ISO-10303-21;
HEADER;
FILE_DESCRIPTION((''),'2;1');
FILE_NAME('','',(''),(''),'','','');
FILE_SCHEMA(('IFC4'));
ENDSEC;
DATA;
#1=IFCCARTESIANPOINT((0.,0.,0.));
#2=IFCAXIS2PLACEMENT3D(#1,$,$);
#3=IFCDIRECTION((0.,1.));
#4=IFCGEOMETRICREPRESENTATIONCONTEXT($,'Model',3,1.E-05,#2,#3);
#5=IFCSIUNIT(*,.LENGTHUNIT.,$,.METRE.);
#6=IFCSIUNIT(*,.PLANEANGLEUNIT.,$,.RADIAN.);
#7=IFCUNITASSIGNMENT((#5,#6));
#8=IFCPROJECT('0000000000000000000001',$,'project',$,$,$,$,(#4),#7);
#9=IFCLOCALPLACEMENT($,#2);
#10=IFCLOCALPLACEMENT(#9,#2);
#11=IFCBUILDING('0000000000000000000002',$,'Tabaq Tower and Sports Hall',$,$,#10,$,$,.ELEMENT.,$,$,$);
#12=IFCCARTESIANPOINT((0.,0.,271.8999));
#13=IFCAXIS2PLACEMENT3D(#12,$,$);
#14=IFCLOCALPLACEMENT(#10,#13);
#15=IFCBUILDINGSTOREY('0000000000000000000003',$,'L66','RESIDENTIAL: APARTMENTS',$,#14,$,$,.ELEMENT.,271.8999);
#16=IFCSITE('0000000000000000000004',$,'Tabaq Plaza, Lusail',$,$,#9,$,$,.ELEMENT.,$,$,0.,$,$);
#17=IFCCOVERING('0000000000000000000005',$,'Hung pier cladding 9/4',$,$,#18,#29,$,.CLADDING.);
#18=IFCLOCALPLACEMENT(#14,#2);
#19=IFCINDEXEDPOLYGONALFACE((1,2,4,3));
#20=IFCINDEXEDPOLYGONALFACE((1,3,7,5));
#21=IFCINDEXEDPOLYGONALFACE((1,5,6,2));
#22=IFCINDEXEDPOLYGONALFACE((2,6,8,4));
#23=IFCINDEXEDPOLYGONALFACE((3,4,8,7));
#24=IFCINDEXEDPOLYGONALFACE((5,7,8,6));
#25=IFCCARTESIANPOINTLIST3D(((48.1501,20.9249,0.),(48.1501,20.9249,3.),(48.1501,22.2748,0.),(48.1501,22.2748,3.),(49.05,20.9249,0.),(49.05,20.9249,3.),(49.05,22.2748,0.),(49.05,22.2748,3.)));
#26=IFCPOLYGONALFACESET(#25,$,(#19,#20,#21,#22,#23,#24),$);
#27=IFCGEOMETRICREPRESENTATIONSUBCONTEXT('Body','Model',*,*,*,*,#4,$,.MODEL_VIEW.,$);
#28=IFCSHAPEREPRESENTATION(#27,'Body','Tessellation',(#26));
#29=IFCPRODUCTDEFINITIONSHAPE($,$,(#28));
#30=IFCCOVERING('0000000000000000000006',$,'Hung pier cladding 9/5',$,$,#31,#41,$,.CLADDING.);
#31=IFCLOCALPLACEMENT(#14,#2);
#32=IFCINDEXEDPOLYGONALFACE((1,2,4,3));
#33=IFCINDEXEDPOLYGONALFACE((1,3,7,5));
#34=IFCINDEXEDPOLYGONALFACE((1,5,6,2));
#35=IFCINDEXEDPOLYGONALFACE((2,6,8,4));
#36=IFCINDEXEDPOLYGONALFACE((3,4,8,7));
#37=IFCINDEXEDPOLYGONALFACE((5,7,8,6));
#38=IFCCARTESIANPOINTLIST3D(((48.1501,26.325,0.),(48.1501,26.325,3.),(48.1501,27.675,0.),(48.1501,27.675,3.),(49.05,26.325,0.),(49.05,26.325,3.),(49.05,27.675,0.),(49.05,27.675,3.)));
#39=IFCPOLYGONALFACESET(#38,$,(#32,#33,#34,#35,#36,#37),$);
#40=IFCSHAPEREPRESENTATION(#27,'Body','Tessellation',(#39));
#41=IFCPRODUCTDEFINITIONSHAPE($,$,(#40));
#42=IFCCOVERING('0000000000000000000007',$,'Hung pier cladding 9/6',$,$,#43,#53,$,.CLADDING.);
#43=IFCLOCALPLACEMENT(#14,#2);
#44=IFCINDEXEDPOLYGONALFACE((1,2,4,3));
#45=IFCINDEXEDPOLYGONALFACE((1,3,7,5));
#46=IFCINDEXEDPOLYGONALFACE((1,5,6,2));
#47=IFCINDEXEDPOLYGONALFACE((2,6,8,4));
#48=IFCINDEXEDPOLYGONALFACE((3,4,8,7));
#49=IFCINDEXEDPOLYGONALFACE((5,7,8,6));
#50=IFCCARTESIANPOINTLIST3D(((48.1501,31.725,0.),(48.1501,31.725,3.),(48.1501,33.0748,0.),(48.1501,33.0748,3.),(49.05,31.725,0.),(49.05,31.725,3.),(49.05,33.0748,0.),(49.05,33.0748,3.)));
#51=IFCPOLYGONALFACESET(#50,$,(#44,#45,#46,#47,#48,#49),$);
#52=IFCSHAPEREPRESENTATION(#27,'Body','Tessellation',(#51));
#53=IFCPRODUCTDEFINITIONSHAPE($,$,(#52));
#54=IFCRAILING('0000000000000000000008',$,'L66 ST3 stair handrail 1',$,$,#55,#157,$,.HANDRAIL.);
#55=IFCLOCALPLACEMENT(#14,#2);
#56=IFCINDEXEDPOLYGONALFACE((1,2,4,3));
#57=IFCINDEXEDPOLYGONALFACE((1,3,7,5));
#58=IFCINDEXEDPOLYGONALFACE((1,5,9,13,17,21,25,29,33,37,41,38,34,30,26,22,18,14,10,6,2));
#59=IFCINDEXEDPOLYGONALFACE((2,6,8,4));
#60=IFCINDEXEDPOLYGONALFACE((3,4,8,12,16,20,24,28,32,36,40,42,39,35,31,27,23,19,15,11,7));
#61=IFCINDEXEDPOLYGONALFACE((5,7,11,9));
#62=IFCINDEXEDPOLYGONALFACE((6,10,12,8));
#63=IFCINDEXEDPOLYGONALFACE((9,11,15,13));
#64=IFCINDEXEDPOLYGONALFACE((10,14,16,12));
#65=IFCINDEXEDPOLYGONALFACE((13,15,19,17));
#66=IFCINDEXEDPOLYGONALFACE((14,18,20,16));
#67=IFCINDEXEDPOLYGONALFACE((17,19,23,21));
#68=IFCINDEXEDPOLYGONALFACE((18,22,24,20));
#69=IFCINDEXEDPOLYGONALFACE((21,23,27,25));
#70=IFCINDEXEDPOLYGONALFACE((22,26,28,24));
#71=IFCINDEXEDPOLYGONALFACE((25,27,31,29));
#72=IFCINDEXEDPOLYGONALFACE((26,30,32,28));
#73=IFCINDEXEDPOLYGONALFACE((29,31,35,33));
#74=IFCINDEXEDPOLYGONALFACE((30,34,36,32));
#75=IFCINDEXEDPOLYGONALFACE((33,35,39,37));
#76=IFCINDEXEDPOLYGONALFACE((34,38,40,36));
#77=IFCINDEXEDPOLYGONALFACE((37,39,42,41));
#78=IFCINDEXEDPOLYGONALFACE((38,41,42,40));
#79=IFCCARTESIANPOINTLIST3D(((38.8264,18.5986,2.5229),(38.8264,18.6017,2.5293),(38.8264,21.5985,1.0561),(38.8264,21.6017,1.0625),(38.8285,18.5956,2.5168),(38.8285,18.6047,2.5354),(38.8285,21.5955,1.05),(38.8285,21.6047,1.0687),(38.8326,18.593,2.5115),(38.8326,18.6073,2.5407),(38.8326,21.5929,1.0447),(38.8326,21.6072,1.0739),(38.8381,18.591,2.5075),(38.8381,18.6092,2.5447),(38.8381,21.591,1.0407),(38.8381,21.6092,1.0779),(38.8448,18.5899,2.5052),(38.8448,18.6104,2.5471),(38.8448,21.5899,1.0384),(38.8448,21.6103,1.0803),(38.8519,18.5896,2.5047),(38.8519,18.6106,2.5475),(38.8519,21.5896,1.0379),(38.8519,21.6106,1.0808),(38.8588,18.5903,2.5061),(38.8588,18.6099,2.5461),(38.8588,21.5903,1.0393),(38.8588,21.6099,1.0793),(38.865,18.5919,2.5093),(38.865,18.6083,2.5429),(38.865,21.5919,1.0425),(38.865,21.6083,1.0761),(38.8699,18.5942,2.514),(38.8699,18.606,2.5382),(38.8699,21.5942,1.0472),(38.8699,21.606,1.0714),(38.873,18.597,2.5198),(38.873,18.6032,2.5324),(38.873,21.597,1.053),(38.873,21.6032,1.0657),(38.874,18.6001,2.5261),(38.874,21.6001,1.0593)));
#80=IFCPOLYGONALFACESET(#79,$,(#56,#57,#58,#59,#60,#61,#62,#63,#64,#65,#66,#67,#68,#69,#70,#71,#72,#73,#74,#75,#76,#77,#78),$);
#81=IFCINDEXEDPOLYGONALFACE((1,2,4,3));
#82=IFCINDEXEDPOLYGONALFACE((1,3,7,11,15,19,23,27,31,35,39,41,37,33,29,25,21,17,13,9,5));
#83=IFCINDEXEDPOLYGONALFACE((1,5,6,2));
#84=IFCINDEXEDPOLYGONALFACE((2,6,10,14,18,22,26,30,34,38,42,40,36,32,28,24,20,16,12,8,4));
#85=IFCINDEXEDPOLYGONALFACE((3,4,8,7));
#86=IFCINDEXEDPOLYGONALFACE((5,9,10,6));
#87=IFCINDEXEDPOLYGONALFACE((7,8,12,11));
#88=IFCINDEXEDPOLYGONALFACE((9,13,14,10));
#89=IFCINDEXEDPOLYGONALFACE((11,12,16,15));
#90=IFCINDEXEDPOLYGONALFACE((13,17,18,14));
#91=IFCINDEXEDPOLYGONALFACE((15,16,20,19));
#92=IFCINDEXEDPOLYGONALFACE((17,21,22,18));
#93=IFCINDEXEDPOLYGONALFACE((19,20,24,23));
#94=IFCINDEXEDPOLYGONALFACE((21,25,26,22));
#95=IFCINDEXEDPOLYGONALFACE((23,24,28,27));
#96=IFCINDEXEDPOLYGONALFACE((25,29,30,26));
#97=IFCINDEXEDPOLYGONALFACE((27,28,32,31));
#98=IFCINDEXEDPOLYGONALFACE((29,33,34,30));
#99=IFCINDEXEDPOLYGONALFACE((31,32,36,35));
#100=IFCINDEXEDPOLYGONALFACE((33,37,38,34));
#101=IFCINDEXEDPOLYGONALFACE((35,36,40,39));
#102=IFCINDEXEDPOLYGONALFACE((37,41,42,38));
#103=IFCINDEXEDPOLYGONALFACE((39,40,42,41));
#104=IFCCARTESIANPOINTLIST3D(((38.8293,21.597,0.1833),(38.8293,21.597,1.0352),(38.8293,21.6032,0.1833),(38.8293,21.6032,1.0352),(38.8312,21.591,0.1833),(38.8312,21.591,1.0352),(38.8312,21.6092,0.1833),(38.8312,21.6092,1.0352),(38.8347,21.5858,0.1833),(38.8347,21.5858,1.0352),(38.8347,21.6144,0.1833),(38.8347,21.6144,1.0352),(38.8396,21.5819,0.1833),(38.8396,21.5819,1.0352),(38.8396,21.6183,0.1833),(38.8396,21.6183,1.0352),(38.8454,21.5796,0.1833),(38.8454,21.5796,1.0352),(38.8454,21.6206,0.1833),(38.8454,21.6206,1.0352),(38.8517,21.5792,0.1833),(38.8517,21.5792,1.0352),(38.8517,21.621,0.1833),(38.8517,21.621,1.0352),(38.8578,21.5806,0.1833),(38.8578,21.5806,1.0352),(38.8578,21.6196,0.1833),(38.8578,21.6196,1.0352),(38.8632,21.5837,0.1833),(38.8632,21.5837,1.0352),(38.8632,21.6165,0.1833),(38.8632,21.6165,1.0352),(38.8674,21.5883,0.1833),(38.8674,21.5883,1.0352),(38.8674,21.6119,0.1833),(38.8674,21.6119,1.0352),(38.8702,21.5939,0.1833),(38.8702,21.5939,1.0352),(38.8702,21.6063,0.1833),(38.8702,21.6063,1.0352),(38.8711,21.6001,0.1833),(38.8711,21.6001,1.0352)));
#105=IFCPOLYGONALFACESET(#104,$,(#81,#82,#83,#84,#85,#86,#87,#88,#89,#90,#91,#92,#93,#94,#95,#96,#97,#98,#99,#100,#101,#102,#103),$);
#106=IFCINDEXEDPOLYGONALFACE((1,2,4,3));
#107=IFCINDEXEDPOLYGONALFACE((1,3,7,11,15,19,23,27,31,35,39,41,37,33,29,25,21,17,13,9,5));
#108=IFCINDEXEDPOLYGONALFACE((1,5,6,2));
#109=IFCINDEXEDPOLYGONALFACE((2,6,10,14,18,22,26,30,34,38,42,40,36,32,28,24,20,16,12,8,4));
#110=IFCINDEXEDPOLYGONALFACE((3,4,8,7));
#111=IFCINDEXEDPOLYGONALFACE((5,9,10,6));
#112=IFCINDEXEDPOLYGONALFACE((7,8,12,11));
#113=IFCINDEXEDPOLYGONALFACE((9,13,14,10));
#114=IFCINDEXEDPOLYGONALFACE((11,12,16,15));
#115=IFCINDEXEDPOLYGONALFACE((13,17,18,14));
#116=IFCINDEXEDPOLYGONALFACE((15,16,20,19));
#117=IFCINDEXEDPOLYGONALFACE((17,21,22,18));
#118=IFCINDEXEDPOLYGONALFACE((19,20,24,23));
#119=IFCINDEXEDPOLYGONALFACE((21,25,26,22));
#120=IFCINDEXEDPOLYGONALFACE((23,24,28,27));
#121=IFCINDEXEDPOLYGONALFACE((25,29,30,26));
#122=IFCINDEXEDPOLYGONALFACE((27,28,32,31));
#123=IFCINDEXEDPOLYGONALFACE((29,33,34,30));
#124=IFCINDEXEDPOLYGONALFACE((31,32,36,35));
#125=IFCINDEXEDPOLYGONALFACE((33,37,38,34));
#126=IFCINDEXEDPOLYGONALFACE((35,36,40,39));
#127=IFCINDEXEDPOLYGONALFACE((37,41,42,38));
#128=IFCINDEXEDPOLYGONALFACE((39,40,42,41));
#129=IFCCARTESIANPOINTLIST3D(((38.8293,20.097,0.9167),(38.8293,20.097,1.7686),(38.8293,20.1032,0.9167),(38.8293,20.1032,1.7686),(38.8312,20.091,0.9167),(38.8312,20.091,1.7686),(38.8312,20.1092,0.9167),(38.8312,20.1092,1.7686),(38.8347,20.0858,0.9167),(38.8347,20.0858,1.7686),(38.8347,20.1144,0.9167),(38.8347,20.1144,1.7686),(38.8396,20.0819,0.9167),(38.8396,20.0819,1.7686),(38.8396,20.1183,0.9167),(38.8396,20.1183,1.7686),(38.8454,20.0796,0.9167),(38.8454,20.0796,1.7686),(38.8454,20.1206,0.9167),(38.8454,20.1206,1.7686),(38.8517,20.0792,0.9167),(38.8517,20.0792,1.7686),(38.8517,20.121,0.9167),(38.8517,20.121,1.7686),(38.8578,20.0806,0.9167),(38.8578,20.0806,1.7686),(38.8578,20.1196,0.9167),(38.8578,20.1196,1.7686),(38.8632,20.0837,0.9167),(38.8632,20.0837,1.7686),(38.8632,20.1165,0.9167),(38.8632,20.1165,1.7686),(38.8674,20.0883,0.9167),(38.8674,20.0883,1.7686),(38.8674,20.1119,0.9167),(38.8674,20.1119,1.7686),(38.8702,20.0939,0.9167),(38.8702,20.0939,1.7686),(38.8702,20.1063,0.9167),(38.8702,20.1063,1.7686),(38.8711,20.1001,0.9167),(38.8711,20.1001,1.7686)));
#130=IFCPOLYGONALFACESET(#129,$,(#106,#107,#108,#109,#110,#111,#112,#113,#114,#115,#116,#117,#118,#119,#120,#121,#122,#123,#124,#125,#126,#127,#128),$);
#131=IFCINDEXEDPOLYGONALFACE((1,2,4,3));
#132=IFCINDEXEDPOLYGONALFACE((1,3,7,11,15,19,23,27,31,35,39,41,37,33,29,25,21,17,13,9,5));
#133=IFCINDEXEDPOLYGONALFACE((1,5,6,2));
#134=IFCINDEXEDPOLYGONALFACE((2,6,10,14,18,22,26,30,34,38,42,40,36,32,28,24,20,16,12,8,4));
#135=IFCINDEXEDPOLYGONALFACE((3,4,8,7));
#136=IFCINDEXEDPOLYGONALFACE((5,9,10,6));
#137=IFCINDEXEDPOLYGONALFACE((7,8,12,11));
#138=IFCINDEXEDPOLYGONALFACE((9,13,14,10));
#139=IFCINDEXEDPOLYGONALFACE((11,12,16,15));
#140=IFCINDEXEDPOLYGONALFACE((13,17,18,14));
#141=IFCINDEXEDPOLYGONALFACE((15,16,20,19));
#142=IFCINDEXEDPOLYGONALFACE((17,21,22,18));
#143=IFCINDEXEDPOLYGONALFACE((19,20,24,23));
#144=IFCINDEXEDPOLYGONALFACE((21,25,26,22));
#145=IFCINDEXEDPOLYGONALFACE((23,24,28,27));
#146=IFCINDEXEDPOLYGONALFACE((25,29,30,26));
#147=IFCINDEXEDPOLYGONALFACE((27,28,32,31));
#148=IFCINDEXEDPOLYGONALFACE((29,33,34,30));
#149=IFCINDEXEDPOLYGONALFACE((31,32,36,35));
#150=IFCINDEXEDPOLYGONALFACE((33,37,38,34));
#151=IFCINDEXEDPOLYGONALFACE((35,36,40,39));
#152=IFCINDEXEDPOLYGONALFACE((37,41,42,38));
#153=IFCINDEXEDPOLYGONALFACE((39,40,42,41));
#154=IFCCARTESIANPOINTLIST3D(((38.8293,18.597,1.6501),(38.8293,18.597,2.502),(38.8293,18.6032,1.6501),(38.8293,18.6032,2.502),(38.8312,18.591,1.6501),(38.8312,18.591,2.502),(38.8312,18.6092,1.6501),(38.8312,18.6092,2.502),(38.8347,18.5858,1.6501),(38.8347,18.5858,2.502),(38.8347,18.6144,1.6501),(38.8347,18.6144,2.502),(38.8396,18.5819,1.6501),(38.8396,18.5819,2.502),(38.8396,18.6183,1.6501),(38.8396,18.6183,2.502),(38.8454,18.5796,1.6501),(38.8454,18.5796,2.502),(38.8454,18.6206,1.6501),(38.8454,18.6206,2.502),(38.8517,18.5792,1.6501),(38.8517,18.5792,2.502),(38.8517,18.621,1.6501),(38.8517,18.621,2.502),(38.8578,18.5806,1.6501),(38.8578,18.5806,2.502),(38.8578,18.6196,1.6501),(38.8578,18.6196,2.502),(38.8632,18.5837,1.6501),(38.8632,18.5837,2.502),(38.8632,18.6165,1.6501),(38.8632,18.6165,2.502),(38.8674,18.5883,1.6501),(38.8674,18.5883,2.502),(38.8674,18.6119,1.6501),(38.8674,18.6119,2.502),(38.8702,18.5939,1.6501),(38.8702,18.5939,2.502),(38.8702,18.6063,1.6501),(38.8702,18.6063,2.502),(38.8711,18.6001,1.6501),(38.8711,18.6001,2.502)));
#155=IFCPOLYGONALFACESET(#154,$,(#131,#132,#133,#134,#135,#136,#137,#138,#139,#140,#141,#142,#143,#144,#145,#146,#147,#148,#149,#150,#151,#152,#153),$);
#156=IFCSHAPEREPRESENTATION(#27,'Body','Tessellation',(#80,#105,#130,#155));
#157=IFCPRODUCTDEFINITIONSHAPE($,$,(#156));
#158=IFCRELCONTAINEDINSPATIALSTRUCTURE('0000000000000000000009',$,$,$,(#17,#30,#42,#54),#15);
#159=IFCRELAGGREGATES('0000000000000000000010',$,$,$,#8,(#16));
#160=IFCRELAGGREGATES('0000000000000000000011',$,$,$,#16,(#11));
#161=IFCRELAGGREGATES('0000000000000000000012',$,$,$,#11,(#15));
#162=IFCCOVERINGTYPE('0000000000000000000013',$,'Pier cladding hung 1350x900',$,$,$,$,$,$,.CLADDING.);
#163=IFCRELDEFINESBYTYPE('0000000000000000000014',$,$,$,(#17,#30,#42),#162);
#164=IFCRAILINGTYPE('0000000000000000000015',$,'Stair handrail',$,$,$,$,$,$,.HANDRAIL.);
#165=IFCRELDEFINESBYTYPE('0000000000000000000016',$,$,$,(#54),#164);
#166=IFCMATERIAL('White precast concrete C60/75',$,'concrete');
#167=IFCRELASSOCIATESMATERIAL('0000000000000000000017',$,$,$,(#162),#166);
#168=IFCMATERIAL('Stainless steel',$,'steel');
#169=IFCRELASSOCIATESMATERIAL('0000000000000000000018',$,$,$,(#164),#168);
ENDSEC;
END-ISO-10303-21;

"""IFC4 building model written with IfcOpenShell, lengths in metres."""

from ifc_helpers import new_model, si_unit, direction, frame, frame_2d, origin, origin_2d, place, context, subcontext, project, spatial, rectangle, circle, extrude, material, type_object, element, save


model = new_model("IFC4")

# Units and contexts
model_context = context("Model", 3, precision=1e-05, world=origin(), true_north=direction((0.0, 1.0)))
body_context = subcontext(model_context, "Body", "Model", "MODEL_VIEW")
ifc_project = project(units=[si_unit("LENGTHUNIT", "METRE"), si_unit("PLANEANGLEUNIT", "RADIAN")], contexts=[model_context])

# Site, building, storey
site_placement = place(None, origin())
site = spatial("IfcSite", under=ifc_project, at=site_placement, Name="Tabaq Plaza, Lusail", CompositionType="ELEMENT", RefElevation=0.0)
building_placement = place(site_placement, origin())
building = spatial("IfcBuilding", under=site, at=building_placement, Name="Tabaq Tower and Sports Hall", CompositionType="ELEMENT")
storey_placement = place(building_placement, frame((0.0, 0.0, 271.8999)))
storey = spatial("IfcBuildingStorey", under=building, at=storey_placement, Name="L66", Description="RESIDENTIAL: APARTMENTS", CompositionType="ELEMENT", Elevation=271.8999)

# Coverings
ifc_material_1 = material(Name="White precast concrete C60/75", Category="concrete")
covering_type_1 = type_object("IfcCoveringType", Name="Pier cladding hung 1350x900", PredefinedType="CLADDING", material=ifc_material_1)
covering_1_placement = place(storey_placement, frame((48.6001, 20.925, 0.0), z_axis=(0.0, 0.0, 1.0), x_axis=(0.0, 1.0, 0.0)))
element("IfcCovering", 1, at=covering_1_placement, inside=storey, type_object=covering_type_1, Name="Hung pier cladding 9/4", PredefinedType="CLADDING", context=body_context, shape_type="SweptSolid", body=[
    extrude(rectangle(XDim=1.3499, YDim=0.8999, at=frame_2d((0.6748, 0.0))), origin(), (0.0, 0.0, 1.0), 3.0),
])
covering_2_placement = place(storey_placement, frame((48.6001, 26.325, 0.0), z_axis=(0.0, 0.0, 1.0), x_axis=(0.0, 1.0, 0.0)))
element("IfcCovering", 2, at=covering_2_placement, inside=storey, type_object=covering_type_1, Name="Hung pier cladding 9/5", PredefinedType="CLADDING", context=body_context, shape_type="SweptSolid", body=[
    extrude(rectangle(XDim=1.3501, YDim=0.8999, at=frame_2d((0.675, 0.0))), origin(), (0.0, 0.0, 1.0), 3.0),
])
covering_3_placement = place(storey_placement, frame((48.6001, 31.7251, 0.0), z_axis=(0.0, 0.0, 1.0), x_axis=(0.0, 1.0, 0.0)))
element("IfcCovering", 3, at=covering_3_placement, inside=storey, type_object=covering_type_1, Name="Hung pier cladding 9/6", PredefinedType="CLADDING", context=body_context, shape_type="SweptSolid", body=[
    extrude(rectangle(XDim=1.3499, YDim=0.8999, at=frame_2d((0.6748, 0.0))), origin(), (0.0, 0.0, 1.0), 3.0),
])

# Railing
ifc_material_2 = material(Name="Stainless steel", Category="steel")
railing_type_1 = type_object("IfcRailingType", Name="Stair handrail", PredefinedType="HANDRAIL", material=ifc_material_2)
railing_1_placement = place(storey_placement, frame((38.8501, 21.6001, 0.1833)))
element("IfcRailing", 4, at=railing_1_placement, inside=storey, type_object=railing_type_1, Name="L66 ST3 stair handrail 1", PredefinedType="HANDRAIL", context=body_context, shape_type="SweptSolid", body=[
    extrude(circle(Radius=0.0239, at=origin_2d()), frame((0.0, 0.0, 0.876), z_axis=(0.0, -0.898369, 0.439242), x_axis=(1.0, 0.0, 0.0)), (0.0, 0.0, 1.0), 3.3394),
    extrude(circle(Radius=0.021, at=origin_2d()), origin(), (0.0, 0.0, 1.0), 0.8518),
    extrude(circle(Radius=0.021, at=origin_2d()), frame((0.0, -1.5, 0.7334)), (0.0, 0.0, 1.0), 0.8518),
    extrude(circle(Radius=0.021, at=origin_2d()), frame((0.0, -3.0, 1.4668)), (0.0, 0.0, 1.0), 0.8518),
])

save(model, "model.ifc")
